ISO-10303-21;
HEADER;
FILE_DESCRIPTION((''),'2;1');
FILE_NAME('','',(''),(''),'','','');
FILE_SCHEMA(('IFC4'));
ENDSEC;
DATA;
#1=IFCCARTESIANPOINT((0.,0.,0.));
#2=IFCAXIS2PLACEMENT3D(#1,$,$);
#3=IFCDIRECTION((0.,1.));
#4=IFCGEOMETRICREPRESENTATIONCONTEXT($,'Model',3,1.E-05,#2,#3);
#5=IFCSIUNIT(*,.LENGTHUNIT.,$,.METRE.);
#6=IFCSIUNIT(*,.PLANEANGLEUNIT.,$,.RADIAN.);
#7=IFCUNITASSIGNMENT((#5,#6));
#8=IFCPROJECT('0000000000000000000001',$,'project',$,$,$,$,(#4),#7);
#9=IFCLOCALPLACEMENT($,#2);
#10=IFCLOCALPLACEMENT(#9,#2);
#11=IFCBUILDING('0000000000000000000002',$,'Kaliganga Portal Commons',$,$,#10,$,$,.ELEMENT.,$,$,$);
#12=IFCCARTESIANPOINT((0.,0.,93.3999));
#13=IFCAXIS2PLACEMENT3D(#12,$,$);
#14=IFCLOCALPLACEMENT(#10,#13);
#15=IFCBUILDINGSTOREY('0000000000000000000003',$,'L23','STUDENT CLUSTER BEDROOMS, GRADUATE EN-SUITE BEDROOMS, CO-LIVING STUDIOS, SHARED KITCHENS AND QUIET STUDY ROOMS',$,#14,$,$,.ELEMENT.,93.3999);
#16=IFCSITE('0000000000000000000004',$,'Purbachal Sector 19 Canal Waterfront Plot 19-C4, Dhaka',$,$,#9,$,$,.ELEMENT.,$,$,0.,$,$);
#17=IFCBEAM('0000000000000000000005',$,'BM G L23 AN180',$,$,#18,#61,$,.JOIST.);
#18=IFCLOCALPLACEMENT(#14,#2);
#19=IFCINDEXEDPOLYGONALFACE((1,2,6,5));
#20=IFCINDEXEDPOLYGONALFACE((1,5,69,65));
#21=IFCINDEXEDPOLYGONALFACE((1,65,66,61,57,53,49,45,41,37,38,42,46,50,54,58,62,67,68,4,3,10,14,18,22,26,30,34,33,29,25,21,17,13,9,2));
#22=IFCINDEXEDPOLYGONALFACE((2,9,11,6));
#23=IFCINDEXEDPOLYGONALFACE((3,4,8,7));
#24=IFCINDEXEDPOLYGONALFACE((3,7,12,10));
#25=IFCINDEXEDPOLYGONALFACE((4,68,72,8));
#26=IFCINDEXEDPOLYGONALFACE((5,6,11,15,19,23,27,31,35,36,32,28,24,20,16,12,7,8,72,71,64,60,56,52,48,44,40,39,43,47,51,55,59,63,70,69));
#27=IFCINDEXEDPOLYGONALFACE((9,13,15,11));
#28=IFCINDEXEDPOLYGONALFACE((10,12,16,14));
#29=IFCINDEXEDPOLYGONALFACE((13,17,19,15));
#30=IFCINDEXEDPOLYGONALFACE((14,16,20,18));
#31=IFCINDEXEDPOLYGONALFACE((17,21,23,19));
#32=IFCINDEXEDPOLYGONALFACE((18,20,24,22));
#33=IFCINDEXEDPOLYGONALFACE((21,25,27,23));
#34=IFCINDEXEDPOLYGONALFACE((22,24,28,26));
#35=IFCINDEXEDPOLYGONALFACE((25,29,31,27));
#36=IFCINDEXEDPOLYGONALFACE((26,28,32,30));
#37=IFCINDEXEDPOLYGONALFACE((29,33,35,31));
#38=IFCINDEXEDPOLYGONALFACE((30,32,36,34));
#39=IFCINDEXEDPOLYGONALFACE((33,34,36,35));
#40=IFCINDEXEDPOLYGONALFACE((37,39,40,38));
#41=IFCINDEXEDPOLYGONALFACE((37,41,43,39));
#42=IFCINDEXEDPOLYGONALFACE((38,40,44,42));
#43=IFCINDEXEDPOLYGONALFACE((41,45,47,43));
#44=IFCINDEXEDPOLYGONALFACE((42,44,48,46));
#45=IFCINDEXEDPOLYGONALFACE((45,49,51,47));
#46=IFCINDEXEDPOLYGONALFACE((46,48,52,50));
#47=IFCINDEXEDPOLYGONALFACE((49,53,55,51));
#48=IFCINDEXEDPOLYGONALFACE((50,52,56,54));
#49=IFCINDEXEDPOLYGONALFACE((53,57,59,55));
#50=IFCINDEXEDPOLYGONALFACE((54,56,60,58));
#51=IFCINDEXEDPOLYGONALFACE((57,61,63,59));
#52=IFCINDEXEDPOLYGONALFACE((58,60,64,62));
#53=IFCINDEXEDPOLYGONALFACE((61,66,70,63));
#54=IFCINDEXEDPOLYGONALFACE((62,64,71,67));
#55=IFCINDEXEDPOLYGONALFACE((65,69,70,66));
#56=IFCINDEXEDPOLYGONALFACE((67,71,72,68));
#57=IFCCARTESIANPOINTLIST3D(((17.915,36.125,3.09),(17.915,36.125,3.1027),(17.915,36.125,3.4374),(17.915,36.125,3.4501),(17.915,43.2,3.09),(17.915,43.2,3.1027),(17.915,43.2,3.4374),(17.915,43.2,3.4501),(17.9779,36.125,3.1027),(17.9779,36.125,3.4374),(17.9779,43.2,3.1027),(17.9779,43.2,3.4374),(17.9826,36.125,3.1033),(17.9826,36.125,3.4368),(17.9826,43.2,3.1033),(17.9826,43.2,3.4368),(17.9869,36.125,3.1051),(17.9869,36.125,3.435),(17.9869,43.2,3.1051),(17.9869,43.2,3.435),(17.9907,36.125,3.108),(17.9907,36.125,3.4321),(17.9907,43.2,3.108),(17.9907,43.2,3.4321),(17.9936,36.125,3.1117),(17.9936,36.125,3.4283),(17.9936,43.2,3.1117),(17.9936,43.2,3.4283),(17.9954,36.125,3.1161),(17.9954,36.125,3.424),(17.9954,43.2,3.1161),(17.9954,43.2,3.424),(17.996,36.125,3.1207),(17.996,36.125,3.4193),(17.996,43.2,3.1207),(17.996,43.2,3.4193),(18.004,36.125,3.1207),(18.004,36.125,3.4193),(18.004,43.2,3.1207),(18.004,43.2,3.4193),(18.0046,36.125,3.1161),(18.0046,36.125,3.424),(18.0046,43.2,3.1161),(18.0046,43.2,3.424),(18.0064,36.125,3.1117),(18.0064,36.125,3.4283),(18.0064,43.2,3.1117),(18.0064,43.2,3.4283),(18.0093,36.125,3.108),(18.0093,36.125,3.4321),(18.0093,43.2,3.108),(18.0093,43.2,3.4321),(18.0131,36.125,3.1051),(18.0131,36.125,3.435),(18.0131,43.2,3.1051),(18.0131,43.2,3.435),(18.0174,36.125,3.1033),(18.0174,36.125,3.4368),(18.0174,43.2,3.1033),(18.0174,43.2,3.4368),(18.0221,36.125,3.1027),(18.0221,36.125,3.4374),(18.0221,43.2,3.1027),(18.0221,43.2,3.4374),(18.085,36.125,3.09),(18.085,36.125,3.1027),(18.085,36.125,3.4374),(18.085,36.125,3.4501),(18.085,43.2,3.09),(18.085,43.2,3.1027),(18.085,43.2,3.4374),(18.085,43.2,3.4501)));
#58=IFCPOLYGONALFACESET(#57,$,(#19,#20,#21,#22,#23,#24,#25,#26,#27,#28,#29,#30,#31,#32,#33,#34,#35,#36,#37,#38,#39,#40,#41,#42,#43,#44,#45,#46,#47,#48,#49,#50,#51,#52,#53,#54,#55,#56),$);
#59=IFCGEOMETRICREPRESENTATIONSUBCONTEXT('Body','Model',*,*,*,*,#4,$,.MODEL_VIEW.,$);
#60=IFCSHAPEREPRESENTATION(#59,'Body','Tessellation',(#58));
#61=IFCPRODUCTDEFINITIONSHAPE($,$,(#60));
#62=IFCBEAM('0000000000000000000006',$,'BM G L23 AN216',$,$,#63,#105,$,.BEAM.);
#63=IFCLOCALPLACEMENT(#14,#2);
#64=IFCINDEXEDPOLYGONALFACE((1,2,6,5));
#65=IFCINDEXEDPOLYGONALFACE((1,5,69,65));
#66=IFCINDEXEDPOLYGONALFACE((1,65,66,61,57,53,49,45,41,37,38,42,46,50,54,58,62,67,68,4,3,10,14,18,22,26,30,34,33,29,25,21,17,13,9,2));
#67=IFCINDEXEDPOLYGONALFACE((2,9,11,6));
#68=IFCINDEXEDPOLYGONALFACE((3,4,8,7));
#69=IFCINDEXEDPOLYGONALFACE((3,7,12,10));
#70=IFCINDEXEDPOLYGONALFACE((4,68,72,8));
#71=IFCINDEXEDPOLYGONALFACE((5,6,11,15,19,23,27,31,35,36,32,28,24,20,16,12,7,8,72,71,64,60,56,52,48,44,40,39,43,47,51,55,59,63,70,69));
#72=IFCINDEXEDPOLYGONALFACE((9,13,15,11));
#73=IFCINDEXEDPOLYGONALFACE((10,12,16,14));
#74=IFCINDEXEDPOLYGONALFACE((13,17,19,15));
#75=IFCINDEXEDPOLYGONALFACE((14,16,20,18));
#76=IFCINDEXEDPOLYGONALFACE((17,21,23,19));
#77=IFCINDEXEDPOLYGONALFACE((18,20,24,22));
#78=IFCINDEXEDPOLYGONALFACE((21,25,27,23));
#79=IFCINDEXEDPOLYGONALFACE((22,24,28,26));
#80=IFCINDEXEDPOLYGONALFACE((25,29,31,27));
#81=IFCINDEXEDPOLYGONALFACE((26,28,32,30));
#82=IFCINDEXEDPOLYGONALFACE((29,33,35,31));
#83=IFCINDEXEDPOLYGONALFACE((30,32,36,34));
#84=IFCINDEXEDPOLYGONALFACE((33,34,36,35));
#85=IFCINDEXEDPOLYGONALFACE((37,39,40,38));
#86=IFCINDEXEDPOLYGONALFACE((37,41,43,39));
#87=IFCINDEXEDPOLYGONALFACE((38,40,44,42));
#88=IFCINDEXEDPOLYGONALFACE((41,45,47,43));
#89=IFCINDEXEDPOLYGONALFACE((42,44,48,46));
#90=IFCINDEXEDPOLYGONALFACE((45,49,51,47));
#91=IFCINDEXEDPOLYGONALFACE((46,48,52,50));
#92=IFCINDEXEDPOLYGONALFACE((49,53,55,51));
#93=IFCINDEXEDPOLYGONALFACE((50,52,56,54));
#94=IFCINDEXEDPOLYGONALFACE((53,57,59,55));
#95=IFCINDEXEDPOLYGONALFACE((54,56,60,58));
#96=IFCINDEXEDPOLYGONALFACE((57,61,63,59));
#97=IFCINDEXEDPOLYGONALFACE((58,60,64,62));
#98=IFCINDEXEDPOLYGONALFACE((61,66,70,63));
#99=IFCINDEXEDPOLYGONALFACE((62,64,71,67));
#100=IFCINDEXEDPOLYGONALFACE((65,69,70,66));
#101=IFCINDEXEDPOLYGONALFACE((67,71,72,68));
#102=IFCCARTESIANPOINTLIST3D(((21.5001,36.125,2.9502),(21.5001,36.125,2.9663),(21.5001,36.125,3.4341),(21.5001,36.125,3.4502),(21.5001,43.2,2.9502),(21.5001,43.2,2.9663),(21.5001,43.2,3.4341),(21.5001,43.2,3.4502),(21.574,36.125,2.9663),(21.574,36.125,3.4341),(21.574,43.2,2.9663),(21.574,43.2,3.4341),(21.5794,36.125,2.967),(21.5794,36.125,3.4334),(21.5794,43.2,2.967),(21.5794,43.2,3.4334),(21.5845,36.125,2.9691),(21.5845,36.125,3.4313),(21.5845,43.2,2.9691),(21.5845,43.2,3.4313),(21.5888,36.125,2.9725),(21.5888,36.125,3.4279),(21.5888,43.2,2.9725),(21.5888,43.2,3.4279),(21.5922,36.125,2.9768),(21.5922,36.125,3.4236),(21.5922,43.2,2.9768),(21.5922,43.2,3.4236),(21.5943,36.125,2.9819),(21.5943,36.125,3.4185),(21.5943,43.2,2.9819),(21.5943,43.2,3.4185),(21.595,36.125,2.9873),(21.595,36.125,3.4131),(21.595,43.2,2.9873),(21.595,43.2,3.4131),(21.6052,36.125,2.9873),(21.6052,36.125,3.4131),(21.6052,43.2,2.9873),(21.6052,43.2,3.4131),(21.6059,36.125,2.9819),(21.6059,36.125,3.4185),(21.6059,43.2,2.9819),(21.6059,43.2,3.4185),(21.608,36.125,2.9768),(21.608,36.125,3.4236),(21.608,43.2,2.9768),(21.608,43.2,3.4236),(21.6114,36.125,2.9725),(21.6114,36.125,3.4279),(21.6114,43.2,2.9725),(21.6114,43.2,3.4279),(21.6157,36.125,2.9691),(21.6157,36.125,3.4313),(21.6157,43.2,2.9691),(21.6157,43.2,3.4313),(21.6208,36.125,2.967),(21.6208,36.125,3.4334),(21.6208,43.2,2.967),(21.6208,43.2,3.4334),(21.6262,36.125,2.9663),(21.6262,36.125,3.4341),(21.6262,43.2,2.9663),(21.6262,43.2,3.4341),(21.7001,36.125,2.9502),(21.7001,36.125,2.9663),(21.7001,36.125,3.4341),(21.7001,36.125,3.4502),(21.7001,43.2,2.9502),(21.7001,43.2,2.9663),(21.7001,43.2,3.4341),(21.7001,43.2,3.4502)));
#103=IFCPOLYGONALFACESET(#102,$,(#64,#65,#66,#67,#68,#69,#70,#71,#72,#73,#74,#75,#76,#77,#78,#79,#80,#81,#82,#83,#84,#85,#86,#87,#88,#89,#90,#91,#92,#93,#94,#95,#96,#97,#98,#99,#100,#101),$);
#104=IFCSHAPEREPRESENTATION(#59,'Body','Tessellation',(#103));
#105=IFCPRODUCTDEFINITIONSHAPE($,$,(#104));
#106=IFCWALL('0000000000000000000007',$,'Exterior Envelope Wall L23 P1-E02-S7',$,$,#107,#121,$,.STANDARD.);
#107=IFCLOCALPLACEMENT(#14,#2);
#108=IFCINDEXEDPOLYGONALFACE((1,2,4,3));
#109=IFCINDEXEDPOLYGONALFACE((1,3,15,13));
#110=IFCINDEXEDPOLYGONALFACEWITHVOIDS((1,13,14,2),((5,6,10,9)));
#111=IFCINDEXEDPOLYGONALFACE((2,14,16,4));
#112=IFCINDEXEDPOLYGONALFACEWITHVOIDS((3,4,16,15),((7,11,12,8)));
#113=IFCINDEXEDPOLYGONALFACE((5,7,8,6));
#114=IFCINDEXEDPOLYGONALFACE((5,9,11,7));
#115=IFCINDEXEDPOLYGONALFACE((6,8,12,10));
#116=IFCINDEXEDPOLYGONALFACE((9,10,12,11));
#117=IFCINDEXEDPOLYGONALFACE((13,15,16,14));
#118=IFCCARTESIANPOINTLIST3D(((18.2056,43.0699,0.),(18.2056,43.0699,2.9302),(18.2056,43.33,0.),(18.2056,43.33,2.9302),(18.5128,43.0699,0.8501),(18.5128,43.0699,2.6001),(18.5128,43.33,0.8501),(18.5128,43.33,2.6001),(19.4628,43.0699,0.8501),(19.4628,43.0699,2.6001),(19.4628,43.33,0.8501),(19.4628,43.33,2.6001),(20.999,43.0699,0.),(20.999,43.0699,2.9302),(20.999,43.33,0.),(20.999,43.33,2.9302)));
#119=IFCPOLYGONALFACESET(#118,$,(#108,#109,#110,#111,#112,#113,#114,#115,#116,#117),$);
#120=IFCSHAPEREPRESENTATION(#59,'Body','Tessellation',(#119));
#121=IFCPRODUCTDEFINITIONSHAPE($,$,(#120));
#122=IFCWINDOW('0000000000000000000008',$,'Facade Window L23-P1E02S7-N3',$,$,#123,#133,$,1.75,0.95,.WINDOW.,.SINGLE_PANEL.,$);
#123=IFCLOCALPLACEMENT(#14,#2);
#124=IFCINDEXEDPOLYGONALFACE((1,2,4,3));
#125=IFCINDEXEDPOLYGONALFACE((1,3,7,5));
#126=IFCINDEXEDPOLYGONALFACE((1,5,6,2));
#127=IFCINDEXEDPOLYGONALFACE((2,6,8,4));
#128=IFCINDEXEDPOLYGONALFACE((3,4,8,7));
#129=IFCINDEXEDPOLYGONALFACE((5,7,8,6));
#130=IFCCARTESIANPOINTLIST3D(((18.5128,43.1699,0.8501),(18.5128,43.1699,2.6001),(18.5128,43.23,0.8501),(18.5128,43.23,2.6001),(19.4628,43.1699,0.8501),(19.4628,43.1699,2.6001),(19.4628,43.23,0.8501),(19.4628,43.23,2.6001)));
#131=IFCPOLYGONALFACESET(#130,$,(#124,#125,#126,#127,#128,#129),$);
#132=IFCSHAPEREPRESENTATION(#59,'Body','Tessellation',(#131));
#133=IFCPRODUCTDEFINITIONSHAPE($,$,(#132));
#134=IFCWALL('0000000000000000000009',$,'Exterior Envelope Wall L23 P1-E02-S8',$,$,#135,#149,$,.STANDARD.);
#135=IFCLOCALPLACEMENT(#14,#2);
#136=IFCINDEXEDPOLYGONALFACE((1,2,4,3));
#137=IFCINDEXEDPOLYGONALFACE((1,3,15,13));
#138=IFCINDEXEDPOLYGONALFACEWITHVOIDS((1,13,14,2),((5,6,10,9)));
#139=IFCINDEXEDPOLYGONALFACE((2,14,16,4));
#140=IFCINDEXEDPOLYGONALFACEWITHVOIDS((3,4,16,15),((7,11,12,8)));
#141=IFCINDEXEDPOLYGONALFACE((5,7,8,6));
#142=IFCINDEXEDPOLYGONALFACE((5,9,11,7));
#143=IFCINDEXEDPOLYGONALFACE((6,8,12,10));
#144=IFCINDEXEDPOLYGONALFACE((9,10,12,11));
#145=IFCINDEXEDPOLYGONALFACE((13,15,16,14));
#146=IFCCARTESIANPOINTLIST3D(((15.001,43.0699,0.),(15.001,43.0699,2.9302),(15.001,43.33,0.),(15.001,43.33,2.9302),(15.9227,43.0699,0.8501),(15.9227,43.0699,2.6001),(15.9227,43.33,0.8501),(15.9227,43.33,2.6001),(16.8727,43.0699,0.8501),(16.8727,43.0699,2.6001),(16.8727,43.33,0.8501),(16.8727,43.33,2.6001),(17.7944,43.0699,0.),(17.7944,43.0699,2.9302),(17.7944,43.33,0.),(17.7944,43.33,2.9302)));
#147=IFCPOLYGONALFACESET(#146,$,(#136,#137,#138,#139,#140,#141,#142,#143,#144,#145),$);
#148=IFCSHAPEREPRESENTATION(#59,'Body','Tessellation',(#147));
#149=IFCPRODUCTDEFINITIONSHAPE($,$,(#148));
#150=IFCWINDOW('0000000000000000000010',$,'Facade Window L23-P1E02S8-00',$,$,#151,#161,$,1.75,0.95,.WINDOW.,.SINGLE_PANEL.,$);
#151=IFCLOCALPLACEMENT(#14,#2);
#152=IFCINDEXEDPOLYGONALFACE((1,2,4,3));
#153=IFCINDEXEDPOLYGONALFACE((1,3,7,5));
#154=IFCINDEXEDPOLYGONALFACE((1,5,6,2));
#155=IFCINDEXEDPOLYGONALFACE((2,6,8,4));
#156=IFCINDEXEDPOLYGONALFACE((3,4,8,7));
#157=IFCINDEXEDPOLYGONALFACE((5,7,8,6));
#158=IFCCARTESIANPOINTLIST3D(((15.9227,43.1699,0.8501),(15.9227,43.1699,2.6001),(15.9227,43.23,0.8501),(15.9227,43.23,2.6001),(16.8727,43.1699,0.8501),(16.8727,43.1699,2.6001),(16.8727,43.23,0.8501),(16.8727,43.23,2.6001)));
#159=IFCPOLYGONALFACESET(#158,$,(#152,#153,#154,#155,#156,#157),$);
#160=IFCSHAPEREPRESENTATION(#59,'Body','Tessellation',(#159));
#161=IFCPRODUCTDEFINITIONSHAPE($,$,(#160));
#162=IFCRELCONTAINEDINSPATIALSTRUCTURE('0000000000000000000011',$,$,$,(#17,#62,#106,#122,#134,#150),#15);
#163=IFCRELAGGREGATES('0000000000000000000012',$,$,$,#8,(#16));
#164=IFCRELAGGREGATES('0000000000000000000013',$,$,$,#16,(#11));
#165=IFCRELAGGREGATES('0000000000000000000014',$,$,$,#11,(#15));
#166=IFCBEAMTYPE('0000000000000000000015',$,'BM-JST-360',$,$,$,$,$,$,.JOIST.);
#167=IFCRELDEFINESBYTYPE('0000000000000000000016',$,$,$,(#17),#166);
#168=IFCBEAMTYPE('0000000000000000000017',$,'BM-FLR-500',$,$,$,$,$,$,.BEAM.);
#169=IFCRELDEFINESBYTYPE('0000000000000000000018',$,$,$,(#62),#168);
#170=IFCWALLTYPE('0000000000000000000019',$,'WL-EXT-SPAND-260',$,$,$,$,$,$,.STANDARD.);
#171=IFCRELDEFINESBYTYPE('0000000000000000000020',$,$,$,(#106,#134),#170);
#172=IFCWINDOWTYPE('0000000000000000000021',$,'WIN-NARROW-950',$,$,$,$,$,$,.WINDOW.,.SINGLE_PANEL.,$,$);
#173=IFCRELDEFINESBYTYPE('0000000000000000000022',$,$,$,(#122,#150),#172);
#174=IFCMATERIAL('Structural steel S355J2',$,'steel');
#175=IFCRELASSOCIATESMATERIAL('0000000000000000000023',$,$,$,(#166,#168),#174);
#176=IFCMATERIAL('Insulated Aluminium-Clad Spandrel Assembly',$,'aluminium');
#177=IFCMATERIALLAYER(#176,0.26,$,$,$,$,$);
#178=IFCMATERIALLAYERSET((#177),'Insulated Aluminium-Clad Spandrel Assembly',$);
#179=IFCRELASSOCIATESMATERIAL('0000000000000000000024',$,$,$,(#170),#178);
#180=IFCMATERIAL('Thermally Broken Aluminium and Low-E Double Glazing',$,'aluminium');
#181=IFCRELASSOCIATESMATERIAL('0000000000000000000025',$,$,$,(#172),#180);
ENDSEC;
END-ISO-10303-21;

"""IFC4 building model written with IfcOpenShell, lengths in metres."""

from ifc_helpers import new_model, si_unit, direction, frame, frame_2d, origin, origin_2d, place, context, subcontext, project, spatial, rectangle, i_section, extrude, source, transform, mapped, material, layer, layer_set, material_profile, profile_set, type_object, element, fill, save


model = new_model("IFC4")

# Units and contexts
model_context = context("Model", 3, precision=1e-05, world=origin(), true_north=direction((0.0, 1.0)))
body_context = subcontext(model_context, "Body", "Model", "MODEL_VIEW")
ifc_project = project(units=[si_unit("LENGTHUNIT", "METRE"), si_unit("PLANEANGLEUNIT", "RADIAN")], contexts=[model_context])

# Site, building, storey
site_placement = place(None, origin())
site = spatial("IfcSite", under=ifc_project, at=site_placement, Name="Purbachal Sector 19 Canal Waterfront Plot 19-C4, Dhaka", CompositionType="ELEMENT", RefElevation=0.0)
building_placement = place(site_placement, origin())
building = spatial("IfcBuilding", under=site, at=building_placement, Name="Kaliganga Portal Commons", CompositionType="ELEMENT")
storey_placement = place(building_placement, frame((0.0, 0.0, 93.3999)))
storey = spatial("IfcBuildingStorey", under=building, at=storey_placement, Name="L23", Description="STUDENT CLUSTER BEDROOMS, GRADUATE EN-SUITE BEDROOMS, CO-LIVING STUDIOS, SHARED KITCHENS AND QUIET STUDY ROOMS", CompositionType="ELEMENT", Elevation=93.3999)

# Beams
ifc_material_1 = material(Name="Structural steel S355J2", Category="steel")
ifc_material_profile_1 = material_profile(ifc_material_1, i_section(OverallWidth=0.1699, OverallDepth=0.3601, WebThickness=0.0081, FlangeThickness=0.0127, FilletRadius=0.0181, at=origin_2d()), Name="IPE 360")
ifc_profile_set_1 = profile_set([ifc_material_profile_1], Name="Structural steel S355J2 wide-flange")
beam_type_1 = type_object("IfcBeamType", Name="BM-JST-360", PredefinedType="JOIST", material=ifc_profile_set_1)
shared_shape_1 = source(origin(), body_context, "Body", "SweptSolid", [
    extrude(i_section(OverallWidth=0.1699, OverallDepth=0.3601, WebThickness=0.0081, FlangeThickness=0.0127, FilletRadius=0.0181, at=origin_2d()), origin(), (0.0, 0.0, 1.0), 7.075),
])
beam_1_placement = place(storey_placement, frame((18.0, 36.125, 3.27), z_axis=(0.0, 1.0, 0.0), x_axis=(-1.0, 0.0, 0.0)))
element("IfcBeam", 1, at=beam_1_placement, inside=storey, type_object=beam_type_1, Name="BM G L23 AN180", PredefinedType="JOIST", context=body_context, shape_type="MappedRepresentation", body=[
    mapped(shared_shape_1, transform((0.0, 0.0, 0.0), x_axis=(1.0, 0.0, 0.0), y_axis=(0.0, 1.0, 0.0), z_axis=(0.0, 0.0, 1.0), scale=1.0)),
])
ifc_material_profile_2 = material_profile(ifc_material_1, i_section(OverallWidth=0.2, OverallDepth=0.5, WebThickness=0.0103, FlangeThickness=0.0161, FilletRadius=0.021, at=origin_2d()), Name="IPE 500")
ifc_profile_set_2 = profile_set([ifc_material_profile_2], Name="Structural steel S355J2 wide-flange")
beam_type_2 = type_object("IfcBeamType", Name="BM-FLR-500", PredefinedType="BEAM", material=ifc_profile_set_2)
shared_shape_2 = source(origin(), body_context, "Body", "SweptSolid", [
    extrude(i_section(OverallWidth=0.2, OverallDepth=0.5, WebThickness=0.0103, FlangeThickness=0.0161, FilletRadius=0.021, at=origin_2d()), origin(), (0.0, 0.0, 1.0), 7.075),
])
beam_2_placement = place(storey_placement, frame((21.6001, 36.125, 3.2002), z_axis=(0.0, 1.0, 0.0), x_axis=(-1.0, 0.0, 0.0)))
element("IfcBeam", 2, at=beam_2_placement, inside=storey, type_object=beam_type_2, Name="BM G L23 AN216", PredefinedType="BEAM", context=body_context, shape_type="MappedRepresentation", body=[
    mapped(shared_shape_2, transform((0.0, 0.0, 0.0), x_axis=(1.0, 0.0, 0.0), y_axis=(0.0, 1.0, 0.0), z_axis=(0.0, 0.0, 1.0), scale=1.0)),
])

# Walls, openings, windows
ifc_material_2 = material(Name="Insulated Aluminium-Clad Spandrel Assembly", Category="aluminium")
ifc_layer_1 = layer(ifc_material_2, 0.26)
ifc_layer_set_1 = layer_set([ifc_layer_1], Name="Insulated Aluminium-Clad Spandrel Assembly")
wall_type_1 = type_object("IfcWallType", Name="WL-EXT-SPAND-260", PredefinedType="STANDARD", material=ifc_layer_set_1)
wall_1_placement = place(storey_placement, frame((18.2056, 43.2, 0.0), z_axis=(0.0, 0.0, 1.0), x_axis=(1.0, 0.0, 0.0)))
wall_1 = element("IfcWall", 3, at=wall_1_placement, inside=storey, type_object=wall_type_1, Name="Exterior Envelope Wall L23 P1-E02-S7", PredefinedType="STANDARD", context=body_context, shape_type="SweptSolid", body=[
    extrude(rectangle(XDim=2.7935, YDim=0.26, at=frame_2d((1.3967, 0.0))), origin(), (0.0, 0.0, 1.0), 2.9302),
])
opening_1_placement = place(wall_1_placement, frame((0.3071, 0.0, 0.8501)))
opening_1 = element("IfcOpeningElement", 4, at=opening_1_placement, cuts=wall_1, PredefinedType="OPENING", context=body_context, shape_type="SweptSolid", body=[
    extrude(rectangle(XDim=0.95, YDim=1.75, at=frame_2d((0.4751, 0.875))), frame((0.0, 0.1401, 0.0), z_axis=(0.0, -1.0, 0.0), x_axis=(1.0, 0.0, 0.0)), (0.0, 0.0, 1.0), 0.28),
])
ifc_material_3 = material(Name="Thermally Broken Aluminium and Low-E Double Glazing", Category="aluminium")
window_type = type_object("IfcWindowType", Name="WIN-NARROW-950", PartitioningType="SINGLE_PANEL", PredefinedType="WINDOW", material=ifc_material_3)
window_1_placement = place(opening_1_placement, origin())
window_1 = element("IfcWindow", 5, at=window_1_placement, inside=storey, type_object=window_type, Name="Facade Window L23-P1E02S7-N3", OverallHeight=1.75, OverallWidth=0.95, PartitioningType="SINGLE_PANEL", PredefinedType="WINDOW", context=body_context, shape_type="SweptSolid", body=[
    extrude(rectangle(XDim=0.95, YDim=1.75, at=frame_2d((0.4751, 0.875))), frame((0.0, 0.03, 0.0), z_axis=(0.0, -1.0, 0.0), x_axis=(1.0, 0.0, 0.0)), (0.0, 0.0, 1.0), 0.0601),
])
fill(opening_1, window_1)
wall_2_placement = place(storey_placement, frame((15.001, 43.2, 0.0), z_axis=(0.0, 0.0, 1.0), x_axis=(1.0, 0.0, 0.0)))
wall_2 = element("IfcWall", 6, at=wall_2_placement, inside=storey, type_object=wall_type_1, Name="Exterior Envelope Wall L23 P1-E02-S8", PredefinedType="STANDARD", context=body_context, shape_type="SweptSolid", body=[
    extrude(rectangle(XDim=2.7935, YDim=0.26, at=frame_2d((1.3967, 0.0))), origin(), (0.0, 0.0, 1.0), 2.9302),
])
opening_2_placement = place(wall_2_placement, frame((0.9216, 0.0, 0.8501)))
opening_2 = element("IfcOpeningElement", 7, at=opening_2_placement, cuts=wall_2, PredefinedType="OPENING", context=body_context, shape_type="SweptSolid", body=[
    extrude(rectangle(XDim=0.95, YDim=1.75, at=frame_2d((0.4751, 0.875))), frame((0.0, 0.1401, 0.0), z_axis=(0.0, -1.0, 0.0), x_axis=(1.0, 0.0, 0.0)), (0.0, 0.0, 1.0), 0.28),
])
window_2_placement = place(opening_2_placement, origin())
window_2 = element("IfcWindow", 8, at=window_2_placement, inside=storey, type_object=window_type, Name="Facade Window L23-P1E02S8-00", OverallHeight=1.75, OverallWidth=0.95, PartitioningType="SINGLE_PANEL", PredefinedType="WINDOW", context=body_context, shape_type="SweptSolid", body=[
    extrude(rectangle(XDim=0.95, YDim=1.75, at=frame_2d((0.4751, 0.875))), frame((0.0, 0.03, 0.0), z_axis=(0.0, -1.0, 0.0), x_axis=(1.0, 0.0, 0.0)), (0.0, 0.0, 1.0), 0.0601),
])
fill(opening_2, window_2)

save(model, "model.ifc")
